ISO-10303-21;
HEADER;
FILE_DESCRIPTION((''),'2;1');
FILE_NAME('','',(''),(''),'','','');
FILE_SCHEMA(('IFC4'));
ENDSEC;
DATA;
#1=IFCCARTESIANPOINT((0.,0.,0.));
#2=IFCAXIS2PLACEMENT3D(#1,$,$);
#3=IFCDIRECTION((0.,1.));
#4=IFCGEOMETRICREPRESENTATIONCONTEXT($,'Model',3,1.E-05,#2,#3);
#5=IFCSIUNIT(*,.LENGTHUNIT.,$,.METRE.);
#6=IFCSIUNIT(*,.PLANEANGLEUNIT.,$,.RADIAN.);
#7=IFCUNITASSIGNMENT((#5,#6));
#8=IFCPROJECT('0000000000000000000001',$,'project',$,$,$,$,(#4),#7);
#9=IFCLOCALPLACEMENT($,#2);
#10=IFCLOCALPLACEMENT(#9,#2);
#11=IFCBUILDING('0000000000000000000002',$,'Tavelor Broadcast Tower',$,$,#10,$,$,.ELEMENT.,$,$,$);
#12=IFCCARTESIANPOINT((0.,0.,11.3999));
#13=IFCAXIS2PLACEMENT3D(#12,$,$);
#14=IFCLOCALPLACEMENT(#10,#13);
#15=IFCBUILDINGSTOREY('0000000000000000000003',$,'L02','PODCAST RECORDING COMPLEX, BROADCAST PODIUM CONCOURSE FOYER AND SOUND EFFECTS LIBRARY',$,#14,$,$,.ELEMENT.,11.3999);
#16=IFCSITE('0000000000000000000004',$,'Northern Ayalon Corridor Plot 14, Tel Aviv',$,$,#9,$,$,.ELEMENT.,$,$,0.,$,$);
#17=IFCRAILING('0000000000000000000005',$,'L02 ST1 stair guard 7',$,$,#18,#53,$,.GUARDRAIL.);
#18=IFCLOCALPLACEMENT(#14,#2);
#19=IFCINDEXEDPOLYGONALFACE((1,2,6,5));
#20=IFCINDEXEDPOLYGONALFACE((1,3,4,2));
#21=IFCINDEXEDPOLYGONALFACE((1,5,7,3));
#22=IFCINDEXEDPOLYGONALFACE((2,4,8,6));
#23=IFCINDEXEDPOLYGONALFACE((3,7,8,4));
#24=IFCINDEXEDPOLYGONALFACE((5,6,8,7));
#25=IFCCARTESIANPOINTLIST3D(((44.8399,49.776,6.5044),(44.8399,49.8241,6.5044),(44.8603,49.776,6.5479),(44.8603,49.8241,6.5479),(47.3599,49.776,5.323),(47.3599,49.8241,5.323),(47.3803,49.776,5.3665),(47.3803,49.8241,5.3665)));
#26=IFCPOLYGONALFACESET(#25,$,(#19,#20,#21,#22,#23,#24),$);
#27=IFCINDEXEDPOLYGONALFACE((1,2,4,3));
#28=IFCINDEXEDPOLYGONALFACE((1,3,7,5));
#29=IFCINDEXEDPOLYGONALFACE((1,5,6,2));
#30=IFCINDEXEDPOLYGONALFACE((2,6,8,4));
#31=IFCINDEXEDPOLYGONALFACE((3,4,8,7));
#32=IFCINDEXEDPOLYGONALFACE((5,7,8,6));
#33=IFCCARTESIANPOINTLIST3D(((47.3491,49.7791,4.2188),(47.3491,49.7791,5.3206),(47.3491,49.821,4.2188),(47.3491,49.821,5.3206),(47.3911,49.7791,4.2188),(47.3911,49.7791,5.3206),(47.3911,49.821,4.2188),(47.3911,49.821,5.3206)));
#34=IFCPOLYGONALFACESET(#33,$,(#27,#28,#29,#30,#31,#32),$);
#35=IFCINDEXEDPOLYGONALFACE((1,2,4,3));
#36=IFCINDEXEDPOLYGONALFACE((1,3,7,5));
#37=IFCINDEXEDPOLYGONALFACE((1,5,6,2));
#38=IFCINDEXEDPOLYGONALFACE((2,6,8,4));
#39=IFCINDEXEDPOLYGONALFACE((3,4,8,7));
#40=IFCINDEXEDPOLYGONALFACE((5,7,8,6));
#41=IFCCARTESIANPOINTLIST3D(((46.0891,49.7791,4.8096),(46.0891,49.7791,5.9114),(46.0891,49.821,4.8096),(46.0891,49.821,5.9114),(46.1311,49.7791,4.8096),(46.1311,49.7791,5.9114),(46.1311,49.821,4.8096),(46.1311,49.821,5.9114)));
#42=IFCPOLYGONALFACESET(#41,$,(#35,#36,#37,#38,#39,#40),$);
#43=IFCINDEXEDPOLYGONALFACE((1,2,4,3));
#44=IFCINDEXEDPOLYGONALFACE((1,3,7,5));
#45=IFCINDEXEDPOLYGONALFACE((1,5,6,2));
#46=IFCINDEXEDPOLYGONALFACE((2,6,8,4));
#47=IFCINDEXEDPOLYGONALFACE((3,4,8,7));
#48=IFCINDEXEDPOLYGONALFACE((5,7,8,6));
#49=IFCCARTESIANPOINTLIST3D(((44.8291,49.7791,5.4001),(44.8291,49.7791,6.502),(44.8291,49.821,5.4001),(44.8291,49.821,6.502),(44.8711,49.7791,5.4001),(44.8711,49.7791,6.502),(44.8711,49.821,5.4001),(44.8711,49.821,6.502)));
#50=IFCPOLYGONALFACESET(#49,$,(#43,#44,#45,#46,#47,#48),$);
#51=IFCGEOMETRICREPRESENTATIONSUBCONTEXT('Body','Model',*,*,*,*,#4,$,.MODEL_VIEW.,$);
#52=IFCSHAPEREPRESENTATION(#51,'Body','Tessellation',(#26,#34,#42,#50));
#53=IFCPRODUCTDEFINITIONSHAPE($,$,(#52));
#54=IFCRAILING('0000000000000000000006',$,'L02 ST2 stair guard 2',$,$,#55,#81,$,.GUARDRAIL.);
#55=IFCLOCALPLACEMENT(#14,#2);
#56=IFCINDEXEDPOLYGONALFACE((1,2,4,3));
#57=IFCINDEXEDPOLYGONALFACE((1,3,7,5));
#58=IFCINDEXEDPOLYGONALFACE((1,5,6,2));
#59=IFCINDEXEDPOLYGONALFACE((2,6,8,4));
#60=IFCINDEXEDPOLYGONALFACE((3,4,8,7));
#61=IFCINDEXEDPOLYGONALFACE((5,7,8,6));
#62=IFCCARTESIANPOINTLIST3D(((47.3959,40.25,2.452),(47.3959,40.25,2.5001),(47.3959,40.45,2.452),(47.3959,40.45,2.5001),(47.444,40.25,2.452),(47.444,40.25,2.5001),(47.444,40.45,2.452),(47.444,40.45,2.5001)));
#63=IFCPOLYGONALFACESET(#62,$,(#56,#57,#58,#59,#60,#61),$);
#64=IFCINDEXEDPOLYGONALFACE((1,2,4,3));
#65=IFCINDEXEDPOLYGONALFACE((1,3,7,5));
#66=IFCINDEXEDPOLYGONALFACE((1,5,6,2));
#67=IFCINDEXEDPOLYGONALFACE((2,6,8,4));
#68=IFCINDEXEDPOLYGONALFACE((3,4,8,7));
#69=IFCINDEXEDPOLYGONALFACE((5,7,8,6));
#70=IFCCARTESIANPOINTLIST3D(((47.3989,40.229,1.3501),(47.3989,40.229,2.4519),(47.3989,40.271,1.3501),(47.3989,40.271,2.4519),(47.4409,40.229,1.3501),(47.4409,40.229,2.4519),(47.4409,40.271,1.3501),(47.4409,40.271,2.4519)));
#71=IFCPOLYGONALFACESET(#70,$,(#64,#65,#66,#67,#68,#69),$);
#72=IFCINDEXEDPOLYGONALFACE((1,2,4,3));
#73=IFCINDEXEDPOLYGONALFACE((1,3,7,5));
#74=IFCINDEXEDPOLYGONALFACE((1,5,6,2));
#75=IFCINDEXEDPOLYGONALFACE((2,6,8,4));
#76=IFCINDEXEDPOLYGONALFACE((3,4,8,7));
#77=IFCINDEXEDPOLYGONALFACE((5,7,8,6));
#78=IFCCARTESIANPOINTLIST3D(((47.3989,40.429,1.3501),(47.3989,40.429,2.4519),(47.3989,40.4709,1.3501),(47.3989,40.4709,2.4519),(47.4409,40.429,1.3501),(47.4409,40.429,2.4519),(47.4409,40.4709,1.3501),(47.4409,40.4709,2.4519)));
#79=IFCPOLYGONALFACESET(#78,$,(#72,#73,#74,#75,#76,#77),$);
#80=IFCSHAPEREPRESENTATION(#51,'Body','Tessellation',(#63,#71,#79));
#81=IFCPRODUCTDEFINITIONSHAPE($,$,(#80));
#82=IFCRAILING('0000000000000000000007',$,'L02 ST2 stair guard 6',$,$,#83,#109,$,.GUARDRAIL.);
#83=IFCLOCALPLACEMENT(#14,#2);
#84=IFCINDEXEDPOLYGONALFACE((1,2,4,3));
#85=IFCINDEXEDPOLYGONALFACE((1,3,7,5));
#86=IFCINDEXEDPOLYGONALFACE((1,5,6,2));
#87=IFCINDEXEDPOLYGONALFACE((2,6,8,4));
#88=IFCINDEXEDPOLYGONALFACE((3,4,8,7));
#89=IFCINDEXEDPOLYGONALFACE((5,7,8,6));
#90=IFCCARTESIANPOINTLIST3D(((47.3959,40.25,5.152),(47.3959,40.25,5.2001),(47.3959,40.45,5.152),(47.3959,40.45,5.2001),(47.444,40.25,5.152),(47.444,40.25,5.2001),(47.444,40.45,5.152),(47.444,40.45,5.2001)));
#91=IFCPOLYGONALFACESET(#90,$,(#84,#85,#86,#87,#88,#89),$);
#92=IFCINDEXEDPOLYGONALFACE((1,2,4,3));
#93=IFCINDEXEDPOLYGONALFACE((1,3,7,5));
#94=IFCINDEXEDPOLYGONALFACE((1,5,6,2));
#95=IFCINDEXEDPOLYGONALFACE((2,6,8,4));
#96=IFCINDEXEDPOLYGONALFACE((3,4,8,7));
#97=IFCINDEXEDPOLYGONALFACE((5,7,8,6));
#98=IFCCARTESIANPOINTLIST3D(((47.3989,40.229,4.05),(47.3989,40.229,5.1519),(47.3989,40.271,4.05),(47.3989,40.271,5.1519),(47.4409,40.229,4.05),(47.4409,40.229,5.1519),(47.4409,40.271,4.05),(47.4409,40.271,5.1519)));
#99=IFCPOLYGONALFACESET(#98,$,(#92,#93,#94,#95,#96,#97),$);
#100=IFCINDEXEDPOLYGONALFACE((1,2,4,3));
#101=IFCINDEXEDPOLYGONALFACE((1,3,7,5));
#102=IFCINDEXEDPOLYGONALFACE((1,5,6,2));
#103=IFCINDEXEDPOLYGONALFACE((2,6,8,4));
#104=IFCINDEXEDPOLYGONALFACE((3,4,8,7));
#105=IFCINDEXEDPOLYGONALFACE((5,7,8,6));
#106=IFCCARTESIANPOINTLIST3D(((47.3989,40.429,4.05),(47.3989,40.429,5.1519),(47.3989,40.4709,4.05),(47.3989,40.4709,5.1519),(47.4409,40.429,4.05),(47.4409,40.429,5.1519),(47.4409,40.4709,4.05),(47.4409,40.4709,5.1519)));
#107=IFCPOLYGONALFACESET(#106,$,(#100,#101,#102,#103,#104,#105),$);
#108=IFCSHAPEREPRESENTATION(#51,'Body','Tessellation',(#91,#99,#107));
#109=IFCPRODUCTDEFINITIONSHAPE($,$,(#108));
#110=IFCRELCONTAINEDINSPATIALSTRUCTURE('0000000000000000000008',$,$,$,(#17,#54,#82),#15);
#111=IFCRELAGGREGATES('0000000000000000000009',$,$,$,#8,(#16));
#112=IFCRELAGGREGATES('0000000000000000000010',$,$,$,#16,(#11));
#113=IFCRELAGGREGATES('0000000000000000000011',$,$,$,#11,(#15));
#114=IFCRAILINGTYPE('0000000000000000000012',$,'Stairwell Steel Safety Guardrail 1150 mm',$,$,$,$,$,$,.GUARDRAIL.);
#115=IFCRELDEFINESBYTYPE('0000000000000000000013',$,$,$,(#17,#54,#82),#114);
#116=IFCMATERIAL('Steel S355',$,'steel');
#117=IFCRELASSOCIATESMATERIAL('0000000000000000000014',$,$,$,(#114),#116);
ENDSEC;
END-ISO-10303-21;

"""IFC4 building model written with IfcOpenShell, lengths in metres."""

from ifc_helpers import new_model, si_unit, direction, frame, origin, origin_2d, place, context, subcontext, project, spatial, rectangle, extrude, material, type_object, element, save


model = new_model("IFC4")

# Units and contexts
model_context = context("Model", 3, precision=1e-05, world=origin(), true_north=direction((0.0, 1.0)))
body_context = subcontext(model_context, "Body", "Model", "MODEL_VIEW")
ifc_project = project(units=[si_unit("LENGTHUNIT", "METRE"), si_unit("PLANEANGLEUNIT", "RADIAN")], contexts=[model_context])

# Site, building, storey
site_placement = place(None, origin())
site = spatial("IfcSite", under=ifc_project, at=site_placement, Name="Northern Ayalon Corridor Plot 14, Tel Aviv", CompositionType="ELEMENT", RefElevation=0.0)
building_placement = place(site_placement, origin())
building = spatial("IfcBuilding", under=site, at=building_placement, Name="Tavelor Broadcast Tower", CompositionType="ELEMENT")
storey_placement = place(building_placement, frame((0.0, 0.0, 11.3999)))
storey = spatial("IfcBuildingStorey", under=building, at=storey_placement, Name="L02", Description="PODCAST RECORDING COMPLEX, BROADCAST PODIUM CONCOURSE FOYER AND SOUND EFFECTS LIBRARY", CompositionType="ELEMENT", Elevation=11.3999)

# Shared definitions
ifc_material_1 = material(Name="Steel S355", Category="steel")

# Railings
railing_type_1 = type_object("IfcRailingType", Name="Stairwell Steel Safety Guardrail 1150 mm", PredefinedType="GUARDRAIL", material=ifc_material_1)
railing_1_placement = place(storey_placement, frame((47.3701, 49.8, 4.2188)))
element("IfcRailing", 1, at=railing_1_placement, inside=storey, type_object=railing_type_1, Name="L02 ST1 stair guard 7", PredefinedType="GUARDRAIL", context=body_context, shape_type="SweptSolid", body=[
    extrude(rectangle(XDim=0.0481, YDim=0.0481, at=origin_2d()), frame((0.0, 0.0, 1.126), z_axis=(-0.90544, 0.0, 0.424474), x_axis=(0.0, -1.0, 0.0)), (0.0, 0.0, 1.0), 2.7832),
    extrude(rectangle(XDim=0.042, YDim=0.042, at=origin_2d()), origin(), (0.0, 0.0, 1.0), 1.1018),
    extrude(rectangle(XDim=0.042, YDim=0.042, at=origin_2d()), frame((-1.26, 0.0, 0.5908)), (0.0, 0.0, 1.0), 1.1018),
    extrude(rectangle(XDim=0.042, YDim=0.042, at=origin_2d()), frame((-2.52, 0.0, 1.1814)), (0.0, 0.0, 1.0), 1.1018),
])
for number, where, name in (
    (2, (47.4199, 40.25, 1.3501), "L02 ST2 stair guard 2"),
    (3, (47.4199, 40.25, 4.05), "L02 ST2 stair guard 6"),
):
    element("IfcRailing", number, at=place(storey_placement, frame(where)), inside=storey, type_object=railing_type_1, Name=name, PredefinedType="GUARDRAIL", context=body_context, shape_type="SweptSolid", body=[
        extrude(rectangle(XDim=0.0481, YDim=0.0481, at=origin_2d()), frame((0.0, 0.0, 1.126), z_axis=(0.0, 1.0, 0.0), x_axis=(-1.0, 0.0, 0.0)), (0.0, 0.0, 1.0), 0.2),
        extrude(rectangle(XDim=0.042, YDim=0.042, at=origin_2d()), origin(), (0.0, 0.0, 1.0), 1.1018),
        extrude(rectangle(XDim=0.042, YDim=0.042, at=origin_2d()), frame((0.0, 0.2, 0.0)), (0.0, 0.0, 1.0), 1.1018),
    ])

save(model, "model.ifc")
